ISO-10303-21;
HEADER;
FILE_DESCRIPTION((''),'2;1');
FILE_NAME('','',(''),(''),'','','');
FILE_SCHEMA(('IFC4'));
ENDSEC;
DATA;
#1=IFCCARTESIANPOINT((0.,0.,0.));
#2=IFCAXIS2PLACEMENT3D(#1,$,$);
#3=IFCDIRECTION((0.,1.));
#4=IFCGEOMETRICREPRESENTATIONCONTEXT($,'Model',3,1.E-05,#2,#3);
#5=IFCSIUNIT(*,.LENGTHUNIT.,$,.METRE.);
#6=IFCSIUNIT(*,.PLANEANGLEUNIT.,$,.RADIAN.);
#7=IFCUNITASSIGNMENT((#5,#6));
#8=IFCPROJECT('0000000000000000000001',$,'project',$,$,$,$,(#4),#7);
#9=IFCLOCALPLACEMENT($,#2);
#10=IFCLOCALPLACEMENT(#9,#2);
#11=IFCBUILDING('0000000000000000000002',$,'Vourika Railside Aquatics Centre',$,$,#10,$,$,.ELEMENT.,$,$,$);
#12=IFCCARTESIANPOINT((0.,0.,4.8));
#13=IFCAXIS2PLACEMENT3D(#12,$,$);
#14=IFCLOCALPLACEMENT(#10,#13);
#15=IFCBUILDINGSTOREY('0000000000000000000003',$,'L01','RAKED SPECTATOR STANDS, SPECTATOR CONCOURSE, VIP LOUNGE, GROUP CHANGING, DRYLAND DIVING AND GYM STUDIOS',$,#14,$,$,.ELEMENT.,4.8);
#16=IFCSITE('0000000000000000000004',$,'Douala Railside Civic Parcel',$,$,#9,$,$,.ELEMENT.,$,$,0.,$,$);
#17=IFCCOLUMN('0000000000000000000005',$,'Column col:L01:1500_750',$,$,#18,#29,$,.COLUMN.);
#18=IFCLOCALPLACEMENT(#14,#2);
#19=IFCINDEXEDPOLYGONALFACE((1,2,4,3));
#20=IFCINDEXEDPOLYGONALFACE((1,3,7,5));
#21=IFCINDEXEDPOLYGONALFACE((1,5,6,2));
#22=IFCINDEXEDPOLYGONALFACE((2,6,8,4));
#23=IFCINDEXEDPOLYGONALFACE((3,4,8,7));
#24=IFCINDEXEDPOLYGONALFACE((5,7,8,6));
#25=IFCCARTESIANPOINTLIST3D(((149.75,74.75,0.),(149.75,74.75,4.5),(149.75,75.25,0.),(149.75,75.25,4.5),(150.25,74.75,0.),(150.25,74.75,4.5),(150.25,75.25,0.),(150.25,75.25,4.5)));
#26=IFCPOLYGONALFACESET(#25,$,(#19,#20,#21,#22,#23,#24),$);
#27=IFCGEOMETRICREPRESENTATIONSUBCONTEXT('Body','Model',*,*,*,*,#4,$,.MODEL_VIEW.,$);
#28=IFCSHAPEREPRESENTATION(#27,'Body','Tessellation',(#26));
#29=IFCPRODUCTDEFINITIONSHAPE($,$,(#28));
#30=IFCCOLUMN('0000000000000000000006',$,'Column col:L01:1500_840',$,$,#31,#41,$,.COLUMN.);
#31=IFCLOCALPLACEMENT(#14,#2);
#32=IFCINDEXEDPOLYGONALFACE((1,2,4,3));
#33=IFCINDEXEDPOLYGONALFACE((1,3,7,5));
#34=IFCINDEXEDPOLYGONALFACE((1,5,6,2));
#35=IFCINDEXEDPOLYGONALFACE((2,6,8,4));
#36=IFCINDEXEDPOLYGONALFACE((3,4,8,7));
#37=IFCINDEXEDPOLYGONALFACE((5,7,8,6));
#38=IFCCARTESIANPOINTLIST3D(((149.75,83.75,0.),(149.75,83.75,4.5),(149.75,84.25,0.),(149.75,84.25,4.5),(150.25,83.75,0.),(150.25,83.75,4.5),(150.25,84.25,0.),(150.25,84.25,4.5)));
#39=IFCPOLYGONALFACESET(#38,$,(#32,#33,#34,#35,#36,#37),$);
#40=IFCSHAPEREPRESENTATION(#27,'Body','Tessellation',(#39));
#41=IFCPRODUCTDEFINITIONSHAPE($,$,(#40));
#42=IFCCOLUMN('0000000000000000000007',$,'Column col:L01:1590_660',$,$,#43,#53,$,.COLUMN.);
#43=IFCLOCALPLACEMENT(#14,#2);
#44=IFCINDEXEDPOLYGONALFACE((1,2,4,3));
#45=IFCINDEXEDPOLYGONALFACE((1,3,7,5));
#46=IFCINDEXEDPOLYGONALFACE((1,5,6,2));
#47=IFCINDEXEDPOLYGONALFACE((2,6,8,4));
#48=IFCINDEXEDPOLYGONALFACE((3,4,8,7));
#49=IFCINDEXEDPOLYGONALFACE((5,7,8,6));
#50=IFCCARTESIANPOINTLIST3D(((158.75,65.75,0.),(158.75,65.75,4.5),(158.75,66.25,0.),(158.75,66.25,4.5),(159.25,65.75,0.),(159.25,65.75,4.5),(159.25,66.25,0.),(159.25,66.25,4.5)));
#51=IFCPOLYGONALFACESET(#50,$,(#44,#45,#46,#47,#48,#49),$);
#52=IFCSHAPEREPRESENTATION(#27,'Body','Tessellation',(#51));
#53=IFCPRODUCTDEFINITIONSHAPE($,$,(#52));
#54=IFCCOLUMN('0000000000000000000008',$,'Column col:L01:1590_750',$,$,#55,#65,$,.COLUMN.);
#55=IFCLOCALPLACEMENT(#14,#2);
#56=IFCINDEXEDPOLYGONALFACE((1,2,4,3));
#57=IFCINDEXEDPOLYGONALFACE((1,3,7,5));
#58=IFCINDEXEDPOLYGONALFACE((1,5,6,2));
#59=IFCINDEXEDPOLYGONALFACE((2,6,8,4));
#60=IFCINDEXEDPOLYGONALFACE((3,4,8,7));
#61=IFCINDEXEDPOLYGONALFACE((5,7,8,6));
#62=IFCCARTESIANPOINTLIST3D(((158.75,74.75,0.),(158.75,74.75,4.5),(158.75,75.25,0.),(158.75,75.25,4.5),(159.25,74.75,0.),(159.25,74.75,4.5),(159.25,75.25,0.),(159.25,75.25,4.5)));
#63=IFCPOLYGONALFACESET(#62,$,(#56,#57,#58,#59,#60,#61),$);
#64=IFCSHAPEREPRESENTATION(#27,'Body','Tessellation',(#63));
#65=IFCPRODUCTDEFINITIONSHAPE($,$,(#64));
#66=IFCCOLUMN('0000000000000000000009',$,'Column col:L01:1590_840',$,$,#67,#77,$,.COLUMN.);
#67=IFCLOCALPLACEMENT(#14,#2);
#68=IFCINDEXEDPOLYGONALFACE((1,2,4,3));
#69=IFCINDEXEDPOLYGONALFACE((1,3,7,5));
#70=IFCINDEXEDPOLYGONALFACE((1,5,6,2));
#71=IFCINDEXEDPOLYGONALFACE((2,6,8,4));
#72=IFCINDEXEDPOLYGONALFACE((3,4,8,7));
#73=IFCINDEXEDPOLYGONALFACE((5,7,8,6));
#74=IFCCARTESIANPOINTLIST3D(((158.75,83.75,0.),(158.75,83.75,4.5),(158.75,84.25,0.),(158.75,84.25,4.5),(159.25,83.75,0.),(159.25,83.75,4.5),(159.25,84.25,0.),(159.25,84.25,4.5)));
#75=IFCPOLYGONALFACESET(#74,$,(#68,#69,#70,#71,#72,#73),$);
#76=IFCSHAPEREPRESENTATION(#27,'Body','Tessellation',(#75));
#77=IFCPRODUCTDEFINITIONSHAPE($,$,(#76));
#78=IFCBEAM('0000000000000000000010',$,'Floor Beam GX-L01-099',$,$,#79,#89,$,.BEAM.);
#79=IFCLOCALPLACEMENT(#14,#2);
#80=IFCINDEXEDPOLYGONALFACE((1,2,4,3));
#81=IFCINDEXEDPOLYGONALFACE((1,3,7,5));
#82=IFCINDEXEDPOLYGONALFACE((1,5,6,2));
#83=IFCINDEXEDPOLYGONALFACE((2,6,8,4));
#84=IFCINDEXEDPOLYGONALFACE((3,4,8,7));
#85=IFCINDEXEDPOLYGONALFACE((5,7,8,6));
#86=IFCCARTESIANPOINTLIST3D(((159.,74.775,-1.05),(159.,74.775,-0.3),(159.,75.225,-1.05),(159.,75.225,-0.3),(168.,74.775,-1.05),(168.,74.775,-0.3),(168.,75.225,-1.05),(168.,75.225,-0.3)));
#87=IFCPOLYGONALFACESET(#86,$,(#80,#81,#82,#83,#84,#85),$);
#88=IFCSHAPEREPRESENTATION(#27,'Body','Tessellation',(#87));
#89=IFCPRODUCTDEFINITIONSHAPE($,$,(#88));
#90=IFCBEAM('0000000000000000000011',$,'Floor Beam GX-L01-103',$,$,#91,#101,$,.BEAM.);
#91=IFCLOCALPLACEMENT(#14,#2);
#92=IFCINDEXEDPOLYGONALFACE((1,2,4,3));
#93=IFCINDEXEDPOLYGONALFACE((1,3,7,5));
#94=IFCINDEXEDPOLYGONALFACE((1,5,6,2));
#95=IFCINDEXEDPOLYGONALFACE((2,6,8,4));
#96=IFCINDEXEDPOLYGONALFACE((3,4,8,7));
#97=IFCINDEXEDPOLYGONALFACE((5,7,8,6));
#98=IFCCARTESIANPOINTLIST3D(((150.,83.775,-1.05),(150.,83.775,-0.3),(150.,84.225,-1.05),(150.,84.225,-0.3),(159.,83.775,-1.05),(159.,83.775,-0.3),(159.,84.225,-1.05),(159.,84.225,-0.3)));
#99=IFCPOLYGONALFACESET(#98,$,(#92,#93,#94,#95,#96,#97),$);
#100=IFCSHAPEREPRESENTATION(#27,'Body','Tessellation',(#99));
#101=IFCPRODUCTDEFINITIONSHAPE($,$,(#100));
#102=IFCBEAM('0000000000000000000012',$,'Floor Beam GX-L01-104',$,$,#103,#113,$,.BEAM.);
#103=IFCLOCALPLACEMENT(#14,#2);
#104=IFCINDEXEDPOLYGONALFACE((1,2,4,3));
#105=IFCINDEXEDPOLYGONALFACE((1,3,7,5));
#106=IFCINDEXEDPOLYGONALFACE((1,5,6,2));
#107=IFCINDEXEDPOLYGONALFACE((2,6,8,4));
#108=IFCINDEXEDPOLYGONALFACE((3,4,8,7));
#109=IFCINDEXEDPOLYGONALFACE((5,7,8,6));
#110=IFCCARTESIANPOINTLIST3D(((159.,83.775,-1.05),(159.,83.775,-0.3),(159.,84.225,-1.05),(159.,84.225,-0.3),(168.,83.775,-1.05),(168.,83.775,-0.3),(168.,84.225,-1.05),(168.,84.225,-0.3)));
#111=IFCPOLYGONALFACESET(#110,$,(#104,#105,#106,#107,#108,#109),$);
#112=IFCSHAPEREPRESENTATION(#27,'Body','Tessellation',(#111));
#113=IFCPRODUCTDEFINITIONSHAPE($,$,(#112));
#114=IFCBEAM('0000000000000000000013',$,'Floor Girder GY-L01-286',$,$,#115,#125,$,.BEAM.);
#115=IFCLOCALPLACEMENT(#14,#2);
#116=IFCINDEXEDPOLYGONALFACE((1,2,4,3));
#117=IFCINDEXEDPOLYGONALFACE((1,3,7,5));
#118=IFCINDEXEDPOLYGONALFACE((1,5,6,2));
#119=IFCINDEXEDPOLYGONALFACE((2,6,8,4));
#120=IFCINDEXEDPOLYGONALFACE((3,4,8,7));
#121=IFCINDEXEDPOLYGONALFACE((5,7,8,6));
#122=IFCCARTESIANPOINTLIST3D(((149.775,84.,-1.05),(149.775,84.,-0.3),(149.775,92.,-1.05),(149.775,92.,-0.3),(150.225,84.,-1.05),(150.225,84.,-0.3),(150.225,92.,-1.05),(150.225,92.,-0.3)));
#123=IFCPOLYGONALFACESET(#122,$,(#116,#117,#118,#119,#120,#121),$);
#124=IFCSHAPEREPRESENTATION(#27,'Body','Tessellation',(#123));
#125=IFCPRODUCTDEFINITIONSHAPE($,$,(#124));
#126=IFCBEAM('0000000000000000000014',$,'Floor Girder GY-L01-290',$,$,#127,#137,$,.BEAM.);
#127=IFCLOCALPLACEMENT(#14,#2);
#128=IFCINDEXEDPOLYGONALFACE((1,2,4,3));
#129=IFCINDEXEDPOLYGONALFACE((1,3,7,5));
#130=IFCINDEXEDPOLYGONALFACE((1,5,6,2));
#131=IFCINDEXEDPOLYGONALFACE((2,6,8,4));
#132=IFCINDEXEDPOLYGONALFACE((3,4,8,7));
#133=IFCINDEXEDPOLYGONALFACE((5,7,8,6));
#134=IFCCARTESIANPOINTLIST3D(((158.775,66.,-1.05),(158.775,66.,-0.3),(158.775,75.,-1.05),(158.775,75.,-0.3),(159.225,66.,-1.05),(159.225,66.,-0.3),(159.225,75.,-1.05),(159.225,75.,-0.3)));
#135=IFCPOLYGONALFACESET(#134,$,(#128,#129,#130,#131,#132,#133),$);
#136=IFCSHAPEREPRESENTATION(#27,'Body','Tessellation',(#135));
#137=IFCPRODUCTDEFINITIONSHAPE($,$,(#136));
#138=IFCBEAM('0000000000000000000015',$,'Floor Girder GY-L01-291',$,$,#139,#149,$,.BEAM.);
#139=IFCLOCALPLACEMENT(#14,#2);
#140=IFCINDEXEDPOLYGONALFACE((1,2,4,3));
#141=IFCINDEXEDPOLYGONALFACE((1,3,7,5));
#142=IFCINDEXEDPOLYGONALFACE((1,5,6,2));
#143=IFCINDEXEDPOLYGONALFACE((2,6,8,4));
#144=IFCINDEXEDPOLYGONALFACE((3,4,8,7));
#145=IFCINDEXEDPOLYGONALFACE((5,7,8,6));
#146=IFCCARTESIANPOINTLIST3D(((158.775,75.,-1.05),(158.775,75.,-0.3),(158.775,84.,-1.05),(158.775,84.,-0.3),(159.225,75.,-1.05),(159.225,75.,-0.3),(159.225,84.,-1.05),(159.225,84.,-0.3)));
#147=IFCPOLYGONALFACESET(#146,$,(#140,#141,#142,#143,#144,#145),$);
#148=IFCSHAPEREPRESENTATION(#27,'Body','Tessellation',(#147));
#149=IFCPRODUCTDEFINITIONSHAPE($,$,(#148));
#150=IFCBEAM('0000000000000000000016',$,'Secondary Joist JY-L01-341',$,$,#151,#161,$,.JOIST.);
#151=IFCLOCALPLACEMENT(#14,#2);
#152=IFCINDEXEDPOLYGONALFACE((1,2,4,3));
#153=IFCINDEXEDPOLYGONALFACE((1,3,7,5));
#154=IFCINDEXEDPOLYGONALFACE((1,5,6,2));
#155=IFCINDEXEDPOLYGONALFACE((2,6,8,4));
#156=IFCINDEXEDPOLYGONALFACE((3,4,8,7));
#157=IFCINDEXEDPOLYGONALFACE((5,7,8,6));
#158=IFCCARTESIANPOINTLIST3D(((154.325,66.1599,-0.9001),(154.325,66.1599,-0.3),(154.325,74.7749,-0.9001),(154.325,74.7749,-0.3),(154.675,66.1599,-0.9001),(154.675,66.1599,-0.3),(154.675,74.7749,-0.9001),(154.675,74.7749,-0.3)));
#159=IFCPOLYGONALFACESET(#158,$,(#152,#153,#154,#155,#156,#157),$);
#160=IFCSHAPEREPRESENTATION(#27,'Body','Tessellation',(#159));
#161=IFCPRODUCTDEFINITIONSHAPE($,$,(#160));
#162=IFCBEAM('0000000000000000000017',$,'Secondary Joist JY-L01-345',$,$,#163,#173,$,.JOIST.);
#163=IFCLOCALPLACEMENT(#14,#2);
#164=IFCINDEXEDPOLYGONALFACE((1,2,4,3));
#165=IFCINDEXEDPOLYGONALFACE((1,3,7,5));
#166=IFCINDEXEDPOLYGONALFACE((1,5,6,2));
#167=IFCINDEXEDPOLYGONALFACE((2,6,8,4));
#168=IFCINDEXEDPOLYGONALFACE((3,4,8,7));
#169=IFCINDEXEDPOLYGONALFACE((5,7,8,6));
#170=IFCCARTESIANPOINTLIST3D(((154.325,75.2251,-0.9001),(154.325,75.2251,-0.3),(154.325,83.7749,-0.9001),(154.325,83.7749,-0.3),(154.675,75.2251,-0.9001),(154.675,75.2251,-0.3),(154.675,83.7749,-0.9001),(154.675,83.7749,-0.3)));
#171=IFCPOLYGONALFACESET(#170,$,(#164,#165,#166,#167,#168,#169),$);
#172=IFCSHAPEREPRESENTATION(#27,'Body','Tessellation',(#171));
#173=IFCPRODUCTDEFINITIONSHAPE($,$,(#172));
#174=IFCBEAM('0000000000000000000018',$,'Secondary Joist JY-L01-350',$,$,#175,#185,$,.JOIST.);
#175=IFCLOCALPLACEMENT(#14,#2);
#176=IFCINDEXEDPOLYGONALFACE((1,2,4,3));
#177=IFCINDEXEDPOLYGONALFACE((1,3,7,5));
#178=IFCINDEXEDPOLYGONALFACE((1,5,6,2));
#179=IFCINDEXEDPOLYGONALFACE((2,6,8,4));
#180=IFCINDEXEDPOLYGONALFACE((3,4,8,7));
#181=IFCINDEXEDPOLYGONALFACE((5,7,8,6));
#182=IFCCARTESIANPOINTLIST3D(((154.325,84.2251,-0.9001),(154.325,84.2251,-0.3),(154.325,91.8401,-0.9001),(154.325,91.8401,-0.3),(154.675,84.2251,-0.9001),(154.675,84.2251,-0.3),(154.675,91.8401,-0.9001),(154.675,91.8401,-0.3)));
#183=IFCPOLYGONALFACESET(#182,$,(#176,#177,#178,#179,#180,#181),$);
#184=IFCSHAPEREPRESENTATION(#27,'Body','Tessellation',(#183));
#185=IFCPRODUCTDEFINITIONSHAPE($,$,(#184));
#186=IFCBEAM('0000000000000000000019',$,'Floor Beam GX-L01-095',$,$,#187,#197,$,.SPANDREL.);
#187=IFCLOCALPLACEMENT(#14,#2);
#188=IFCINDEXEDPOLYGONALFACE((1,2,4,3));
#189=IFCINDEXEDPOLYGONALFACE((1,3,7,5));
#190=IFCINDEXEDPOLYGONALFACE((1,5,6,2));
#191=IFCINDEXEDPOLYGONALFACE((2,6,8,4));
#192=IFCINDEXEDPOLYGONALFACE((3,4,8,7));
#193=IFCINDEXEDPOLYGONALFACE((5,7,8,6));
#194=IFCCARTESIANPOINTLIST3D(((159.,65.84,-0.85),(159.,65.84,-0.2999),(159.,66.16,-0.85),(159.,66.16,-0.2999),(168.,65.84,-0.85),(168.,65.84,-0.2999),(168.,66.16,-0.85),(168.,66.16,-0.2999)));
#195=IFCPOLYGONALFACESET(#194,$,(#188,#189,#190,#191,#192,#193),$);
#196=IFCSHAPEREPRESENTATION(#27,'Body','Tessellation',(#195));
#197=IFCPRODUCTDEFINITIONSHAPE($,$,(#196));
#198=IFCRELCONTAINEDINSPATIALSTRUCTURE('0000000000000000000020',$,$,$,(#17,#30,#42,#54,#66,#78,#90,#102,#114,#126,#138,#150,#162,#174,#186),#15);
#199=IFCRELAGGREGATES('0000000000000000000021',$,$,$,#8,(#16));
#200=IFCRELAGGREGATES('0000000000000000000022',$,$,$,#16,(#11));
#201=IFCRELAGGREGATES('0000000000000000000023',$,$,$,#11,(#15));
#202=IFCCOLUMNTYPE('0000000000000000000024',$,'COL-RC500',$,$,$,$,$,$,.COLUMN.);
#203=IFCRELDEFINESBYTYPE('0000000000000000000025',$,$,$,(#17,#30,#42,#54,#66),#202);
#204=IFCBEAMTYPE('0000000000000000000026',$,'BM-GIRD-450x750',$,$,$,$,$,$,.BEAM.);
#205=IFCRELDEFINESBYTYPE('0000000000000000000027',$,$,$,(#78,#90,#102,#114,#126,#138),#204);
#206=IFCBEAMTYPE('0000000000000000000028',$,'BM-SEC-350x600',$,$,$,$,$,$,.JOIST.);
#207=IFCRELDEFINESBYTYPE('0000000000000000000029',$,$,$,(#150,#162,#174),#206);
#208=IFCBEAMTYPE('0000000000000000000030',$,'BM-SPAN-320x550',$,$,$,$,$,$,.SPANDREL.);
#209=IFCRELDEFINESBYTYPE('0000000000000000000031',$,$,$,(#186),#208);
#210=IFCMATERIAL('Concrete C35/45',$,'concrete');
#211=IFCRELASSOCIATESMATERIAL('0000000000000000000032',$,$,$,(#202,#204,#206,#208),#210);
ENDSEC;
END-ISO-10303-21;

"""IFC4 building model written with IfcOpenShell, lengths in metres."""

from ifc_helpers import new_model, si_unit, direction, frame, origin, origin_2d, place, context, subcontext, project, spatial, rectangle, extrude, material, material_profile, profile_set, type_object, element, save


model = new_model("IFC4")

# Units and contexts
model_context = context("Model", 3, precision=1e-05, world=origin(), true_north=direction((0.0, 1.0)))
body_context = subcontext(model_context, "Body", "Model", "MODEL_VIEW")
ifc_project = project(units=[si_unit("LENGTHUNIT", "METRE"), si_unit("PLANEANGLEUNIT", "RADIAN")], contexts=[model_context])

# Site, building, storey
site_placement = place(None, origin())
site = spatial("IfcSite", under=ifc_project, at=site_placement, Name="Douala Railside Civic Parcel", CompositionType="ELEMENT", RefElevation=0.0)
building_placement = place(site_placement, origin())
building = spatial("IfcBuilding", under=site, at=building_placement, Name="Vourika Railside Aquatics Centre", CompositionType="ELEMENT")
storey_placement = place(building_placement, frame((0.0, 0.0, 4.8)))
storey = spatial("IfcBuildingStorey", under=building, at=storey_placement, Name="L01", Description="RAKED SPECTATOR STANDS, SPECTATOR CONCOURSE, VIP LOUNGE, GROUP CHANGING, DRYLAND DIVING AND GYM STUDIOS", CompositionType="ELEMENT", Elevation=4.8)

# Columns
ifc_material_1 = material(Name="Concrete C35/45", Category="concrete")
ifc_material_profile_1 = material_profile(ifc_material_1, rectangle(XDim=0.5, YDim=0.5, at=origin_2d()), Name="RC 500x500")
ifc_profile_set_1 = profile_set([ifc_material_profile_1], Name="Concrete C35/45")
column_type = type_object("IfcColumnType", Name="COL-RC500", PredefinedType="COLUMN", material=ifc_profile_set_1)
for number, where, z_axis, x_axis, name in (
    (1, (150.0, 75.0, 0.0), (0.0, 0.0, 1.0), (1.0, 0.0, 0.0), "Column col:L01:1500_750"),
    (2, (150.0, 84.0, 0.0), (0.0, 0.0, 1.0), (1.0, 0.0, 0.0), "Column col:L01:1500_840"),
    (3, (159.0, 66.0, 0.0), (0.0, 0.0, 1.0), (1.0, 0.0, 0.0), "Column col:L01:1590_660"),
    (4, (159.0, 75.0, 0.0), (0.0, 0.0, 1.0), (1.0, 0.0, 0.0), "Column col:L01:1590_750"),
    (5, (159.0, 84.0, 0.0), (0.0, 0.0, 1.0), (1.0, 0.0, 0.0), "Column col:L01:1590_840"),
):
    element("IfcColumn", number, at=place(storey_placement, frame(where, z_axis=z_axis, x_axis=x_axis)), inside=storey, type_object=column_type, Name=name, PredefinedType="COLUMN", context=body_context, shape_type="SweptSolid", body=[
        extrude(rectangle(XDim=0.5, YDim=0.5, at=origin_2d()), origin(), (0.0, 0.0, 1.0), 4.5),
    ])

# Beams
ifc_material_profile_2 = material_profile(ifc_material_1, rectangle(XDim=0.45, YDim=0.75, at=origin_2d()), Name="RC 450x750")
ifc_profile_set_2 = profile_set([ifc_material_profile_2], Name="Concrete C35/45")
beam_type_1 = type_object("IfcBeamType", Name="BM-GIRD-450x750", PredefinedType="BEAM", material=ifc_profile_set_2)
for number, where, z_axis, x_axis, name in (
    (6, (159.0, 75.0, -0.675), (1.0, 0.0, 0.0), (0.0, 1.0, 0.0), "Floor Beam GX-L01-099"),
    (7, (150.0, 84.0, -0.675), (1.0, 0.0, 0.0), (0.0, 1.0, 0.0), "Floor Beam GX-L01-103"),
    (8, (159.0, 84.0, -0.675), (1.0, 0.0, 0.0), (0.0, 1.0, 0.0), "Floor Beam GX-L01-104"),
):
    element("IfcBeam", number, at=place(storey_placement, frame(where, z_axis=z_axis, x_axis=x_axis)), inside=storey, type_object=beam_type_1, Name=name, PredefinedType="BEAM", context=body_context, shape_type="SweptSolid", body=[
        extrude(rectangle(XDim=0.45, YDim=0.75, at=origin_2d()), origin(), (0.0, 0.0, 1.0), 9.0),
    ])
beam_1_placement = place(storey_placement, frame((150.0, 84.0, -0.675), z_axis=(0.0, 1.0, 0.0), x_axis=(-1.0, 0.0, 0.0)))
element("IfcBeam", 9, at=beam_1_placement, inside=storey, type_object=beam_type_1, Name="Floor Girder GY-L01-286", PredefinedType="BEAM", context=body_context, shape_type="SweptSolid", body=[
    extrude(rectangle(XDim=0.45, YDim=0.75, at=origin_2d()), origin(), (0.0, 0.0, 1.0), 8.0),
])
for number, where, z_axis, x_axis, name in (
    (10, (159.0, 66.0, -0.675), (0.0, 1.0, 0.0), (-1.0, 0.0, 0.0), "Floor Girder GY-L01-290"),
    (11, (159.0, 75.0, -0.675), (0.0, 1.0, 0.0), (-1.0, 0.0, 0.0), "Floor Girder GY-L01-291"),
):
    element("IfcBeam", number, at=place(storey_placement, frame(where, z_axis=z_axis, x_axis=x_axis)), inside=storey, type_object=beam_type_1, Name=name, PredefinedType="BEAM", context=body_context, shape_type="SweptSolid", body=[
        extrude(rectangle(XDim=0.45, YDim=0.75, at=origin_2d()), origin(), (0.0, 0.0, 1.0), 9.0),
    ])
ifc_material_profile_3 = material_profile(ifc_material_1, rectangle(XDim=0.3501, YDim=0.6001, at=origin_2d()), Name="RC 350x600")
ifc_profile_set_3 = profile_set([ifc_material_profile_3], Name="Concrete C35/45")
beam_type_2 = type_object("IfcBeamType", Name="BM-SEC-350x600", PredefinedType="JOIST", material=ifc_profile_set_3)
beam_2_placement = place(storey_placement, frame((154.5, 66.1599, -0.6001), z_axis=(0.0, 1.0, 0.0), x_axis=(-1.0, 0.0, 0.0)))
element("IfcBeam", 12, at=beam_2_placement, inside=storey, type_object=beam_type_2, Name="Secondary Joist JY-L01-341", PredefinedType="JOIST", context=body_context, shape_type="SweptSolid", body=[
    extrude(rectangle(XDim=0.3501, YDim=0.6001, at=origin_2d()), origin(), (0.0, 0.0, 1.0), 8.615),
])
beam_3_placement = place(storey_placement, frame((154.5, 75.2251, -0.6001), z_axis=(0.0, 1.0, 0.0), x_axis=(-1.0, 0.0, 0.0)))
element("IfcBeam", 13, at=beam_3_placement, inside=storey, type_object=beam_type_2, Name="Secondary Joist JY-L01-345", PredefinedType="JOIST", context=body_context, shape_type="SweptSolid", body=[
    extrude(rectangle(XDim=0.3501, YDim=0.6001, at=origin_2d()), origin(), (0.0, 0.0, 1.0), 8.5498),
])
beam_4_placement = place(storey_placement, frame((154.5, 84.2251, -0.6001), z_axis=(0.0, 1.0, 0.0), x_axis=(-1.0, 0.0, 0.0)))
element("IfcBeam", 14, at=beam_4_placement, inside=storey, type_object=beam_type_2, Name="Secondary Joist JY-L01-350", PredefinedType="JOIST", context=body_context, shape_type="SweptSolid", body=[
    extrude(rectangle(XDim=0.3501, YDim=0.6001, at=origin_2d()), origin(), (0.0, 0.0, 1.0), 7.615),
])
ifc_material_profile_4 = material_profile(ifc_material_1, rectangle(XDim=0.3201, YDim=0.55, at=origin_2d()), Name="RC 320x550")
ifc_profile_set_4 = profile_set([ifc_material_profile_4], Name="Concrete C35/45")
beam_type_3 = type_object("IfcBeamType", Name="BM-SPAN-320x550", PredefinedType="SPANDREL", material=ifc_profile_set_4)
beam_5_placement = place(storey_placement, frame((159.0, 66.0, -0.575), z_axis=(1.0, 0.0, 0.0), x_axis=(0.0, 1.0, 0.0)))
element("IfcBeam", 15, at=beam_5_placement, inside=storey, type_object=beam_type_3, Name="Floor Beam GX-L01-095", PredefinedType="SPANDREL", context=body_context, shape_type="SweptSolid", body=[
    extrude(rectangle(XDim=0.3201, YDim=0.55, at=origin_2d()), origin(), (0.0, 0.0, 1.0), 9.0),
])

save(model, "model.ifc")
